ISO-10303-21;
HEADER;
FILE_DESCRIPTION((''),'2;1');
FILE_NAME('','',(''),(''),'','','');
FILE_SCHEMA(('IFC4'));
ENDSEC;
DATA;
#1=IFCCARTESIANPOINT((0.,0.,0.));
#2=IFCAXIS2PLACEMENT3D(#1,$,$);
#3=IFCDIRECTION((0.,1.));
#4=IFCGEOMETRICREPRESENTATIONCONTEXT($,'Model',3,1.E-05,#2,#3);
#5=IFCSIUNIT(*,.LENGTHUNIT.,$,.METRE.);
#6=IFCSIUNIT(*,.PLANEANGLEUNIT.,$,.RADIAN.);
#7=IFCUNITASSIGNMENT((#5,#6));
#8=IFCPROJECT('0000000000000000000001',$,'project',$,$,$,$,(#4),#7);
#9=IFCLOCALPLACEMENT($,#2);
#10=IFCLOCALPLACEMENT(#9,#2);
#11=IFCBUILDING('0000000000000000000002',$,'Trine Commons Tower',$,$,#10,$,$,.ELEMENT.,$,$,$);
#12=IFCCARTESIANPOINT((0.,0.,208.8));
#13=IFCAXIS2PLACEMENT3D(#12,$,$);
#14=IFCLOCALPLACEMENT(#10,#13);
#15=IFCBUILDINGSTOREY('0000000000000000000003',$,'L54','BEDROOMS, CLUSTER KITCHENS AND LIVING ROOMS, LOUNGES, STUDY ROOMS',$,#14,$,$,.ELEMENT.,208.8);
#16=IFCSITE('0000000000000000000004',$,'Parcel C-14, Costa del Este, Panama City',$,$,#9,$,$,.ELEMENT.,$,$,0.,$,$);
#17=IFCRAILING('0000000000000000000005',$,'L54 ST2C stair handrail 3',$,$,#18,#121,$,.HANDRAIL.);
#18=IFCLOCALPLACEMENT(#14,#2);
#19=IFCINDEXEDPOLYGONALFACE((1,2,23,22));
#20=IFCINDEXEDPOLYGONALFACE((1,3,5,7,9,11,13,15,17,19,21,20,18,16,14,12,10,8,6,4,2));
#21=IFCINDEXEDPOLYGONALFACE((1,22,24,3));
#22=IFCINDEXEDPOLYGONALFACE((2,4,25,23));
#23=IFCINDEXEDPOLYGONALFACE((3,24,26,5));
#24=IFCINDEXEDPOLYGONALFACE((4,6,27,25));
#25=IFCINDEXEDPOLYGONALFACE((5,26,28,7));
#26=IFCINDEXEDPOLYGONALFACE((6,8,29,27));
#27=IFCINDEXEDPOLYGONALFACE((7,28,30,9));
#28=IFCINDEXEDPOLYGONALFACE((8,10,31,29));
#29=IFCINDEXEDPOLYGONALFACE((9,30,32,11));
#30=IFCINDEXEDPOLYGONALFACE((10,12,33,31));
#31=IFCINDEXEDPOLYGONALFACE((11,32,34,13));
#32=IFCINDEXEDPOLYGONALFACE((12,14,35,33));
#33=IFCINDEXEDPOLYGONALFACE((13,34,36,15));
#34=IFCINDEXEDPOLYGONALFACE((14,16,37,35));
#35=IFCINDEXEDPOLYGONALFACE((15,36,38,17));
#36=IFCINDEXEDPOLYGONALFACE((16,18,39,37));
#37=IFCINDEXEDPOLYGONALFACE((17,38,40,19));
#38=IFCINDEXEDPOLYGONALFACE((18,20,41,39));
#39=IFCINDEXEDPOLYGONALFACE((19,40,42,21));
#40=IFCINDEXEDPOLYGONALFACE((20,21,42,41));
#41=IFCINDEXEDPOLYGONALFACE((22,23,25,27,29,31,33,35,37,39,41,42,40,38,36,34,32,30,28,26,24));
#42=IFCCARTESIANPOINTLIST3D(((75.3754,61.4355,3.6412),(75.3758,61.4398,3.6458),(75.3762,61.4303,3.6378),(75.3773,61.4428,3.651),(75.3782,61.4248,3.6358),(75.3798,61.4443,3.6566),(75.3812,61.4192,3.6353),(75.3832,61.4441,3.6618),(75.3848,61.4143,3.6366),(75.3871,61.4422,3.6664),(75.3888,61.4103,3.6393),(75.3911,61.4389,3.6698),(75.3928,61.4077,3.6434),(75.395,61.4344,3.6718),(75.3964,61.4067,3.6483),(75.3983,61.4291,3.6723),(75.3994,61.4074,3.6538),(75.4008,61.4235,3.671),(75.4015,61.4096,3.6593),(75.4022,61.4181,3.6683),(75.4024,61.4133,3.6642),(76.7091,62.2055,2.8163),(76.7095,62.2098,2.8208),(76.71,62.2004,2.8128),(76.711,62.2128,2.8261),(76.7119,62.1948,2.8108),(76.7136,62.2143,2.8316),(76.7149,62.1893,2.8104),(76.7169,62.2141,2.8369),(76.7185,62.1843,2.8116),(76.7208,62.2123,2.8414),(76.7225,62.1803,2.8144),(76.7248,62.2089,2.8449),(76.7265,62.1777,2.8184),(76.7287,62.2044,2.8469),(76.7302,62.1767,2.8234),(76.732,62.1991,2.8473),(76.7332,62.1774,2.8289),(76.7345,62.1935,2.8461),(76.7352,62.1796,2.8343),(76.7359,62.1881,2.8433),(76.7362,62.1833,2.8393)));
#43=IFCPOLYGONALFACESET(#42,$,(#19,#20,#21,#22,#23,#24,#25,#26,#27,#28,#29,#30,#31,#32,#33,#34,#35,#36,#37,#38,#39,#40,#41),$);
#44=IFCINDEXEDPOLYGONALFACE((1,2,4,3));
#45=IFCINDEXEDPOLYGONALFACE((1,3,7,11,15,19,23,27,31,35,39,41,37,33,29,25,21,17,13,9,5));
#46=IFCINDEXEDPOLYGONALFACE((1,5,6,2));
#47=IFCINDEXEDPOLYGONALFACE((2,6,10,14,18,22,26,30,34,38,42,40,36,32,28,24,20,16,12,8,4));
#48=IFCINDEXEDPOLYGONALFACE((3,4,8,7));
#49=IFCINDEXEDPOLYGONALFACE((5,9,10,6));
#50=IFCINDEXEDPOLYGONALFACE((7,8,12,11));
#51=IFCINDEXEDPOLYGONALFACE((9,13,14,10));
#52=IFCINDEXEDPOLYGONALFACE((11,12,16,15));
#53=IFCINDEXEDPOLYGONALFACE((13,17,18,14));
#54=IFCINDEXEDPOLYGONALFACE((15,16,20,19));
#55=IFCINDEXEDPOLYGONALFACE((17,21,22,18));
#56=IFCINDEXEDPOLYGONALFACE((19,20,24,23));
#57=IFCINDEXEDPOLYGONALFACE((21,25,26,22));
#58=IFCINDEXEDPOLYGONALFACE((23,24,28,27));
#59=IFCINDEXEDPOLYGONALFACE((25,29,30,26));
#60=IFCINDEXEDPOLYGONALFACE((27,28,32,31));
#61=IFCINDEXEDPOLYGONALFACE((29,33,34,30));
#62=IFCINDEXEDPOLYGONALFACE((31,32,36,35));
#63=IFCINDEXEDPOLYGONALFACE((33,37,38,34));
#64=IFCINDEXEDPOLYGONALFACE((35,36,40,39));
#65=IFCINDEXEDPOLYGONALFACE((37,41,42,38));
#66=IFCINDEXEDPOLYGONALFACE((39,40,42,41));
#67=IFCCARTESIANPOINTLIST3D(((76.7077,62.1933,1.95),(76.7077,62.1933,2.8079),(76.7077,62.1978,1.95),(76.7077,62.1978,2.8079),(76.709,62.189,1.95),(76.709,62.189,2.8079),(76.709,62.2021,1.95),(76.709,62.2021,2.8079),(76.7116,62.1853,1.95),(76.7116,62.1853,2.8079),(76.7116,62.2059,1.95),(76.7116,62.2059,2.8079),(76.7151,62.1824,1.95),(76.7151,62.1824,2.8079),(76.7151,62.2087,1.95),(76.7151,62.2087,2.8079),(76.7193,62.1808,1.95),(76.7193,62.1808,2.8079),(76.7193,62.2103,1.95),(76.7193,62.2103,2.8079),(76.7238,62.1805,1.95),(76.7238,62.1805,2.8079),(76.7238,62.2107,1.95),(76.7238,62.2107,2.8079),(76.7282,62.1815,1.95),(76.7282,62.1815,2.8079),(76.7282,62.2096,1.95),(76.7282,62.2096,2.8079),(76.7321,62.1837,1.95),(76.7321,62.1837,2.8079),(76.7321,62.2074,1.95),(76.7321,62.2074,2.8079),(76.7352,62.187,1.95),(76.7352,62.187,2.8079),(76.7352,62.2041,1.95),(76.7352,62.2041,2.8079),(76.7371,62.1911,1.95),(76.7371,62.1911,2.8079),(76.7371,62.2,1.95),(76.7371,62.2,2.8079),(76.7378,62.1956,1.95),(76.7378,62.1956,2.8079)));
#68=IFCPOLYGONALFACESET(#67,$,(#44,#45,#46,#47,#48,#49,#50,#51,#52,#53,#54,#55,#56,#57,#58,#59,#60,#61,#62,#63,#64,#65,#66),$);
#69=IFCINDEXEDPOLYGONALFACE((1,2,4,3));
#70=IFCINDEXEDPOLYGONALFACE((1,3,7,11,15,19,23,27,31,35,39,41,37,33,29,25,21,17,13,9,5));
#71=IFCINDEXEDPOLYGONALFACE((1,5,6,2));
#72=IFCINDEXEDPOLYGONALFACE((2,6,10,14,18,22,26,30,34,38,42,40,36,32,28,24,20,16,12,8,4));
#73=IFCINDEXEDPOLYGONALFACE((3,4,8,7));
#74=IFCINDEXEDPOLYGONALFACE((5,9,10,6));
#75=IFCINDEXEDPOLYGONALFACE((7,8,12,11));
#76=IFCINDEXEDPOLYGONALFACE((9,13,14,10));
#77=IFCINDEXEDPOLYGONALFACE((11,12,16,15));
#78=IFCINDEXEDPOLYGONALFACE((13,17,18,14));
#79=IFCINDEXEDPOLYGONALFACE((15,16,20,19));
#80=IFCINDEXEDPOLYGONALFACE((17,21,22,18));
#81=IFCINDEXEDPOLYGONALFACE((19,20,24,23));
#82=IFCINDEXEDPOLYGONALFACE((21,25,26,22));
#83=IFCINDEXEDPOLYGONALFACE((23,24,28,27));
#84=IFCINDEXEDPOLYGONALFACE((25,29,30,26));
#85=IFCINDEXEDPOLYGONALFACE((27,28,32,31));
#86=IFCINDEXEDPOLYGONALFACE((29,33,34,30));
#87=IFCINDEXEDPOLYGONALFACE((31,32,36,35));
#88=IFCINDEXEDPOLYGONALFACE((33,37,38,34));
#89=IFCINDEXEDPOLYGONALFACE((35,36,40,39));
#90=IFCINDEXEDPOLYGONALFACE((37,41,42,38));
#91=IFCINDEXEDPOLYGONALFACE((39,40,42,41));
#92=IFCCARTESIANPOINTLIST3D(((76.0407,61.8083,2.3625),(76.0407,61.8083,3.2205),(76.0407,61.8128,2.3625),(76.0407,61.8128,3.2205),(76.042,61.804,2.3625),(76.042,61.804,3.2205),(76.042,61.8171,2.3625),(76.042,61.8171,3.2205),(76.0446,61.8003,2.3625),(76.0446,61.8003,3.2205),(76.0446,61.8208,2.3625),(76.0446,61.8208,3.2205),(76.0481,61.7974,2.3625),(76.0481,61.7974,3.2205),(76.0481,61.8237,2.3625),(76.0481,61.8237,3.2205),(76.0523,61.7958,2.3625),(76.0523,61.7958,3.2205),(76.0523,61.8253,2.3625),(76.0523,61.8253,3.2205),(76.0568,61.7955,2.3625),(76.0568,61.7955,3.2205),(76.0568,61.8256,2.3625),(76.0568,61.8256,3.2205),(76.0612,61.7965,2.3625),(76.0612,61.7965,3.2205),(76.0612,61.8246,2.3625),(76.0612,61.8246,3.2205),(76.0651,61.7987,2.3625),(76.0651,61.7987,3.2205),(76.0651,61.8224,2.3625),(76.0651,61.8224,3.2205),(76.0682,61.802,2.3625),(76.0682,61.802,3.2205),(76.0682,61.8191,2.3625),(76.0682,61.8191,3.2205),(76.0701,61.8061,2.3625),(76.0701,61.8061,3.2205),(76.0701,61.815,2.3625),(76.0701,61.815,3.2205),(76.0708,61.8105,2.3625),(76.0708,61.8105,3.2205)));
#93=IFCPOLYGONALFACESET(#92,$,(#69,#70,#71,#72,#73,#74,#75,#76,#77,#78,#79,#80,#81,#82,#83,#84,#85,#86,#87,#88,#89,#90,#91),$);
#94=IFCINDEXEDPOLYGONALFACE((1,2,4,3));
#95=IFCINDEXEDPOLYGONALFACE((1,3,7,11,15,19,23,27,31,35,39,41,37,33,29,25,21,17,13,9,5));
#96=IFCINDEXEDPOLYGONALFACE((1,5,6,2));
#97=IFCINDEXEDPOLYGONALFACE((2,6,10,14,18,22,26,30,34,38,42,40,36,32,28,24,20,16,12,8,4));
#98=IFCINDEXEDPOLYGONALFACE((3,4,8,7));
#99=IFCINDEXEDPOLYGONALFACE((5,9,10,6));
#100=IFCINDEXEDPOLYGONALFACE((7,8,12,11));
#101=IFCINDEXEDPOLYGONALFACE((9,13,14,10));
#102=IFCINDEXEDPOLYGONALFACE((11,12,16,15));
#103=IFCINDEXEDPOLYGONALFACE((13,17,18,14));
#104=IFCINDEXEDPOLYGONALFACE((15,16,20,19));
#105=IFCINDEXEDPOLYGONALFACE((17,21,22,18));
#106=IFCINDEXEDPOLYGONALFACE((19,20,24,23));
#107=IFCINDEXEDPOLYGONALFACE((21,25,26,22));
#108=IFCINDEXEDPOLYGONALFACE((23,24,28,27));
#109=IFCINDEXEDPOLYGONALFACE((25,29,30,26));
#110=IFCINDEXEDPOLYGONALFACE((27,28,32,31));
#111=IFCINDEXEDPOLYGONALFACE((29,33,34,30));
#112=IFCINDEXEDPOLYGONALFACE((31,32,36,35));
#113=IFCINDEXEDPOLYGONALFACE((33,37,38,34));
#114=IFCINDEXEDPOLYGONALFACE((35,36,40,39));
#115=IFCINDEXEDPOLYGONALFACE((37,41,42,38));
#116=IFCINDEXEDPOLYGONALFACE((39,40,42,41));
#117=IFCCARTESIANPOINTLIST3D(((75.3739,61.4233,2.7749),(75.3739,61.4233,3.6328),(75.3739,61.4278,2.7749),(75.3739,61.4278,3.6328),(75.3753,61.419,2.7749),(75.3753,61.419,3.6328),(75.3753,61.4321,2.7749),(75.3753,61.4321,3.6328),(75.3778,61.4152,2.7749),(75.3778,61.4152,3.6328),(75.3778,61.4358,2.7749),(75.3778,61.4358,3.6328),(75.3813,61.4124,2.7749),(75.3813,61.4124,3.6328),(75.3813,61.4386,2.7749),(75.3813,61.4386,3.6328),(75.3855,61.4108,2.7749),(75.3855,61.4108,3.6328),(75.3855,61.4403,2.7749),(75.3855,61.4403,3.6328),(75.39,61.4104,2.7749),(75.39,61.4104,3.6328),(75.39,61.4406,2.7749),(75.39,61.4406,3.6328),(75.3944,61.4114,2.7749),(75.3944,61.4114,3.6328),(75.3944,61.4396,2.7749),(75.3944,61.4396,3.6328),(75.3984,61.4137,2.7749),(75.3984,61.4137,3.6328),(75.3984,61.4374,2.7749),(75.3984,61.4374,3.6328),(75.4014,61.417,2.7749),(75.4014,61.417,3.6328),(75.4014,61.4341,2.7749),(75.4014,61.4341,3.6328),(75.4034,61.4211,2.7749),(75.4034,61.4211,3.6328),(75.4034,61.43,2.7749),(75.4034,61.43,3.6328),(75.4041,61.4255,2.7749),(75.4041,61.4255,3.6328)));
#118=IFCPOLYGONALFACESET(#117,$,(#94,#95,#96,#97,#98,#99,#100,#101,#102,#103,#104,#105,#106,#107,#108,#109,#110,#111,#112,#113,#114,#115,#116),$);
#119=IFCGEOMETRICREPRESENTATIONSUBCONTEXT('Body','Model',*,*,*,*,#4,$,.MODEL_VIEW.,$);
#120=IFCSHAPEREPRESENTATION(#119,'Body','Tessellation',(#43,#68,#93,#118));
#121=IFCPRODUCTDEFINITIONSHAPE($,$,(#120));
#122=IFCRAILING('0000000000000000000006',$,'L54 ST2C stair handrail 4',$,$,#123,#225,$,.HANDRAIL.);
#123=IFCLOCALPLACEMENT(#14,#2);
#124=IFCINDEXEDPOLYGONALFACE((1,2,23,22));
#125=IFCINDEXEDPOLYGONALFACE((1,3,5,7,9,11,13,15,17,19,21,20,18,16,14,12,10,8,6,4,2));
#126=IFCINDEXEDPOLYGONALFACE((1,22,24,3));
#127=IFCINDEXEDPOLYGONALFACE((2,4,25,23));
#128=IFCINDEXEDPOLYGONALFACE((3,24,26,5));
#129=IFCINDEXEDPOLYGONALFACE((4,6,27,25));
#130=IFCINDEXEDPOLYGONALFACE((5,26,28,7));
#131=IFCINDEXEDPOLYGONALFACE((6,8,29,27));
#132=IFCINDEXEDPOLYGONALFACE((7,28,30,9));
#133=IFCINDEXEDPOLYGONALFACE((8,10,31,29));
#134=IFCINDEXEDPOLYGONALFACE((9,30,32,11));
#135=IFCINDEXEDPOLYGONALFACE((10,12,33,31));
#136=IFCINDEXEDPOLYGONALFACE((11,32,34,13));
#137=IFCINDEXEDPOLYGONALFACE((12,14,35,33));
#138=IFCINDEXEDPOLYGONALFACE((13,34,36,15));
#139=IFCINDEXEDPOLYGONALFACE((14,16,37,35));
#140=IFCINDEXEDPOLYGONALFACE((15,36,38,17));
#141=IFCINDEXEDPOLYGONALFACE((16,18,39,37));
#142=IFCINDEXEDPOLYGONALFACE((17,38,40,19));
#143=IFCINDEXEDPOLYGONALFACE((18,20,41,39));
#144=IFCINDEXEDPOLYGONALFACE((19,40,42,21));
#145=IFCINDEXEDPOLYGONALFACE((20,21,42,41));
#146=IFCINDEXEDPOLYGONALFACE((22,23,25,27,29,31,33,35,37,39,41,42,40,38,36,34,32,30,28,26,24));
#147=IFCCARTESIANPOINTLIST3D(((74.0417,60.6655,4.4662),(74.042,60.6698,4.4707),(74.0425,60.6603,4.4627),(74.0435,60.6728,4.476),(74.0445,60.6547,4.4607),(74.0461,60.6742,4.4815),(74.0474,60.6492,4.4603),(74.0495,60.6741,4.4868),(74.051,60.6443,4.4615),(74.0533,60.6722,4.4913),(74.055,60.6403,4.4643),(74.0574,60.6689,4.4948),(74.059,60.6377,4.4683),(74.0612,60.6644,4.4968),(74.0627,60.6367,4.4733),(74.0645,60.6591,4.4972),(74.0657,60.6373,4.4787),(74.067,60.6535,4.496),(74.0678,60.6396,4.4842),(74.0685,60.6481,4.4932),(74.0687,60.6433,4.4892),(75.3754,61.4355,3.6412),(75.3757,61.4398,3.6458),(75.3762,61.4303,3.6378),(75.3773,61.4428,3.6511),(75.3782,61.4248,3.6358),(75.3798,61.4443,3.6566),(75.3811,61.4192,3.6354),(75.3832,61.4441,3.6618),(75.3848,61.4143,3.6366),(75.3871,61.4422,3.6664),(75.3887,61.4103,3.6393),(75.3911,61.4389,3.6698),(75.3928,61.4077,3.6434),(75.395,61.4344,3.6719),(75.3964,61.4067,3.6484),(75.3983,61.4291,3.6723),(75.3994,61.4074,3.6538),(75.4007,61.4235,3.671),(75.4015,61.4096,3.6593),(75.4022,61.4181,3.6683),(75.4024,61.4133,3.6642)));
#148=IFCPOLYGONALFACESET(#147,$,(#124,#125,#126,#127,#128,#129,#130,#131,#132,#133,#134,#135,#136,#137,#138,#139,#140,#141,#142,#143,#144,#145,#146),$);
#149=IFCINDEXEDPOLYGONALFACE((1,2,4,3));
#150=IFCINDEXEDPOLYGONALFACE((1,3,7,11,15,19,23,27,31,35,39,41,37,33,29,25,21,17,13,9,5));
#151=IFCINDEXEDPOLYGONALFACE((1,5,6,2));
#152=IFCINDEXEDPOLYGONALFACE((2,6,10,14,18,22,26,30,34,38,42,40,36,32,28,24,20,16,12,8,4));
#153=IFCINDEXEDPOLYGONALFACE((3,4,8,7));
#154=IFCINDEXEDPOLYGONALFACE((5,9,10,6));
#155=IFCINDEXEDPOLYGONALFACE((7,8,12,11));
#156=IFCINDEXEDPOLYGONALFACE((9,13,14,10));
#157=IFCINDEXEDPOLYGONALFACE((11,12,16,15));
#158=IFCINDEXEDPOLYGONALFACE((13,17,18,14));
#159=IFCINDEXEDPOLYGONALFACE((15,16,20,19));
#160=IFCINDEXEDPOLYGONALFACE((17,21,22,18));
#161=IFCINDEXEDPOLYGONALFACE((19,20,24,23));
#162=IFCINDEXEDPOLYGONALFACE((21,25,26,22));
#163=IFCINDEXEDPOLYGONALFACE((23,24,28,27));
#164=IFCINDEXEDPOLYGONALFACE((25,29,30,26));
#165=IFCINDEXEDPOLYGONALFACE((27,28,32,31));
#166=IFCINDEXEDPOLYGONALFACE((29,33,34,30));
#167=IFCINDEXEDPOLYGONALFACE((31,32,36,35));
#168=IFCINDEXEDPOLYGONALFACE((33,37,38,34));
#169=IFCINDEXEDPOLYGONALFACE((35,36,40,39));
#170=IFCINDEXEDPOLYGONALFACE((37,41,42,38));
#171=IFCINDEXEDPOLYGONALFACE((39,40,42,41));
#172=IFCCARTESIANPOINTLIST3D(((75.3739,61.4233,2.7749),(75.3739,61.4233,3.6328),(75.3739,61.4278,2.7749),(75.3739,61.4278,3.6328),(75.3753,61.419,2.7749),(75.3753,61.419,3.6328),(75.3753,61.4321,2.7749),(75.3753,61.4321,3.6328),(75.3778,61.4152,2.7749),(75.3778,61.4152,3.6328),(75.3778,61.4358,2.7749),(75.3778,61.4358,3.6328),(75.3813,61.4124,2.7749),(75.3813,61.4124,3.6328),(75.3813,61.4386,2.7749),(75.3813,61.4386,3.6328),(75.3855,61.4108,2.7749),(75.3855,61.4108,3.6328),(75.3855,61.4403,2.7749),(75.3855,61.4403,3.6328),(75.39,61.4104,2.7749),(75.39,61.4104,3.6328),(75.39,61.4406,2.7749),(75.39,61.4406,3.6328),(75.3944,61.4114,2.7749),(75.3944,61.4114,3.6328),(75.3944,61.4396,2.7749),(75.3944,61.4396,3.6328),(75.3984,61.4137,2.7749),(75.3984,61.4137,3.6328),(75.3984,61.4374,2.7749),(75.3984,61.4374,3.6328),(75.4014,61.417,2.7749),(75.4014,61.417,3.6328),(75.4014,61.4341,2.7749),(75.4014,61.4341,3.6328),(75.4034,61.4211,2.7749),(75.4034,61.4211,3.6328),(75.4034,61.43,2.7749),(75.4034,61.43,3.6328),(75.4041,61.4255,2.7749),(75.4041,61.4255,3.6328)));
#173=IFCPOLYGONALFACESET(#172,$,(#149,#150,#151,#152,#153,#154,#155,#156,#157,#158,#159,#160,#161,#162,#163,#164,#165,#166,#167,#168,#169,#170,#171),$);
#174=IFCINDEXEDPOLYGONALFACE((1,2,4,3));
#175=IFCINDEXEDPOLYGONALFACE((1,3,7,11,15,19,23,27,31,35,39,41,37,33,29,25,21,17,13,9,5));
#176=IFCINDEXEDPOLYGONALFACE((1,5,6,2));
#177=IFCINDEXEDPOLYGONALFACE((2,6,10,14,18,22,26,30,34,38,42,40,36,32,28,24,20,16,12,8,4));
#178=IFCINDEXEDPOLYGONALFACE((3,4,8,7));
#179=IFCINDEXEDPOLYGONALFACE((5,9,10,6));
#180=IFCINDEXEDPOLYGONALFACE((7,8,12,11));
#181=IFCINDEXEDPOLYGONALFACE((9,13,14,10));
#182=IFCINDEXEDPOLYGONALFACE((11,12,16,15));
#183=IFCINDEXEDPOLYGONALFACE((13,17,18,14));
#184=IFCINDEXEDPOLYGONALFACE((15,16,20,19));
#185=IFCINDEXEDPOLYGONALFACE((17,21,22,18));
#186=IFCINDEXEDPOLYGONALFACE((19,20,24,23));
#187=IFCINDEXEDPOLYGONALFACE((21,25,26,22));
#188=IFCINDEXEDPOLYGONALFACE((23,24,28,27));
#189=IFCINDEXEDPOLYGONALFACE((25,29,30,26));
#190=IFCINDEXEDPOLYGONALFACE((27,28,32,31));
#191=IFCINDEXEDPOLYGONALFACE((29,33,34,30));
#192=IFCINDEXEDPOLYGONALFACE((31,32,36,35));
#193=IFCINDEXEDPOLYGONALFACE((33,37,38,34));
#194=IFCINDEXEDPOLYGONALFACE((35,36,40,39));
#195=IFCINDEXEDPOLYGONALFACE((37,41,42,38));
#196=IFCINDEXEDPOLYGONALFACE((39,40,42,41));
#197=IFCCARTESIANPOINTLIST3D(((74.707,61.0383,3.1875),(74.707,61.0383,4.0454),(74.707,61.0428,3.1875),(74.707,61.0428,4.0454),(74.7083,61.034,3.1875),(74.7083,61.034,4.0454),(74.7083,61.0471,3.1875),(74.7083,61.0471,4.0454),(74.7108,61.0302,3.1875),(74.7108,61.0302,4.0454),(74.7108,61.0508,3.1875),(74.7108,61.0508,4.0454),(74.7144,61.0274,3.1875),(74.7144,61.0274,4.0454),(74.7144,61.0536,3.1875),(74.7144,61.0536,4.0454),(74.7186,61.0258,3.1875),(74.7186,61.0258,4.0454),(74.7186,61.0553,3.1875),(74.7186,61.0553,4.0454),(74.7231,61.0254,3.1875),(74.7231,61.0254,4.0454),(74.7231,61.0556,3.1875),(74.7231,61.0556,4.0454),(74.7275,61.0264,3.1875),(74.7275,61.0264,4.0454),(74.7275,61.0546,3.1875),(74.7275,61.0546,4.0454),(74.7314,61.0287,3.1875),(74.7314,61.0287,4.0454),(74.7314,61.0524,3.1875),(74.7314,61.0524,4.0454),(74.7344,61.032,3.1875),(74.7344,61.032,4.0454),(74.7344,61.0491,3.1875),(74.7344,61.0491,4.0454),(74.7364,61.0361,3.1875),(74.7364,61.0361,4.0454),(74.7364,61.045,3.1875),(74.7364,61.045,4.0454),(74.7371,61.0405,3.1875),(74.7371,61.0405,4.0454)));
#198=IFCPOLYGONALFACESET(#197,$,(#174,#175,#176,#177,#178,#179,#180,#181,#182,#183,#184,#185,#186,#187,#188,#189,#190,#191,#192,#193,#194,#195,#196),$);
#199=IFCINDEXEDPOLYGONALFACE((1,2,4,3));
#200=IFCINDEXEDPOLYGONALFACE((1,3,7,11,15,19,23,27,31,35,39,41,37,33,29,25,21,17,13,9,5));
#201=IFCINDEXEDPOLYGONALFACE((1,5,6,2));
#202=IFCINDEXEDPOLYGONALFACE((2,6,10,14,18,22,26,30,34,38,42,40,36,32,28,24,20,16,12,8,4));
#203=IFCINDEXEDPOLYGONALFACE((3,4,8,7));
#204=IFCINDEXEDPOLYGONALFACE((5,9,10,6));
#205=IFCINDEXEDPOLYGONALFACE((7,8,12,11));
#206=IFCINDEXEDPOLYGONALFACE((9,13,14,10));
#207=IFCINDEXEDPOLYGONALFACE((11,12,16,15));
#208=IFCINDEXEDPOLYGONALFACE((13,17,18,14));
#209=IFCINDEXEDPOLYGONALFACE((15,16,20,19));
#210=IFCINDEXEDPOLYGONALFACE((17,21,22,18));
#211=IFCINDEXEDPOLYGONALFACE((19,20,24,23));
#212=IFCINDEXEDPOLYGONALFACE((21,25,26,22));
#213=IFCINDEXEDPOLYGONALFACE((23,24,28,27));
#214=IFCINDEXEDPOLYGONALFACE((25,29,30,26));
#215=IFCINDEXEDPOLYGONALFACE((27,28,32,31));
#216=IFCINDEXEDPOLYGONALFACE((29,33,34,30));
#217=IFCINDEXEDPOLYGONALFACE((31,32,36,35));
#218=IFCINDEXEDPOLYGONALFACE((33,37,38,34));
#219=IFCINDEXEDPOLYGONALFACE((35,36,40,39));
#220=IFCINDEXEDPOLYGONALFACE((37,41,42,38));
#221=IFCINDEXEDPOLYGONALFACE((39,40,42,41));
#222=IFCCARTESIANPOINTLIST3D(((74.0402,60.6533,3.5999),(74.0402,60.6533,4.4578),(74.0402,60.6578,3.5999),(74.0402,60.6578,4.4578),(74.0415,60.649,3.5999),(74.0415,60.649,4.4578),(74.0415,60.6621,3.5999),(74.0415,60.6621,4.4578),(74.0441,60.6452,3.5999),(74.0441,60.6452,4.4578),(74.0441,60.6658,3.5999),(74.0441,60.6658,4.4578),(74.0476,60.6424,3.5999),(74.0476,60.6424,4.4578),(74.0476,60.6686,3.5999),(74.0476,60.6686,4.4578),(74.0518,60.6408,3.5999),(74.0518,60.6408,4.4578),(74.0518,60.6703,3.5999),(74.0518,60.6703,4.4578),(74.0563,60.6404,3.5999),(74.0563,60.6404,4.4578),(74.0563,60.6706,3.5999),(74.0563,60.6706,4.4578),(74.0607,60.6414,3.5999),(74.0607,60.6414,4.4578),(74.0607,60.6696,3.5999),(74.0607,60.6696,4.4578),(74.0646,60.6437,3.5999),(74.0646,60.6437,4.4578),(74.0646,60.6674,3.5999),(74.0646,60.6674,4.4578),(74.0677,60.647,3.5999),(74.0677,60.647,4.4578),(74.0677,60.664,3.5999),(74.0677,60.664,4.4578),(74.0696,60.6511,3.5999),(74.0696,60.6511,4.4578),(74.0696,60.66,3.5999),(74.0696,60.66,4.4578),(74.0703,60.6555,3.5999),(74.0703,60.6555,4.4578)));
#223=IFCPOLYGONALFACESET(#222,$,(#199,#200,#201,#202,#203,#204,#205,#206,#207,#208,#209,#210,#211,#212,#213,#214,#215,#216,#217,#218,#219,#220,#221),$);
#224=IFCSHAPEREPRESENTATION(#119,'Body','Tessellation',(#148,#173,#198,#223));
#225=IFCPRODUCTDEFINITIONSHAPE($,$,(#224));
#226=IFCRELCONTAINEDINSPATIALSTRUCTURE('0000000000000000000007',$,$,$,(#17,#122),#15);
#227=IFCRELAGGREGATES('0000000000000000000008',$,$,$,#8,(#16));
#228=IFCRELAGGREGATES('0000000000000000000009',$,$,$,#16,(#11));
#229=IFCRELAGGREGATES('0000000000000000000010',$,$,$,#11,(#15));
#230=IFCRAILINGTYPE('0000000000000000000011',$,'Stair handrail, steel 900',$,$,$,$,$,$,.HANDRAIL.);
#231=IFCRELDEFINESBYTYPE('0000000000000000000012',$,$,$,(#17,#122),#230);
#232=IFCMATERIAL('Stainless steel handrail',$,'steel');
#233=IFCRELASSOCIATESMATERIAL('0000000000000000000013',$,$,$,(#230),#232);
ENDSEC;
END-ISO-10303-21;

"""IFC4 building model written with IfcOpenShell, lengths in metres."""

from ifc_helpers import new_model, si_unit, direction, frame, origin, origin_2d, place, context, subcontext, project, spatial, circle, extrude, material, type_object, element, save


model = new_model("IFC4")

# Units and contexts
model_context = context("Model", 3, precision=1e-05, world=origin(), true_north=direction((0.0, 1.0)))
body_context = subcontext(model_context, "Body", "Model", "MODEL_VIEW")
ifc_project = project(units=[si_unit("LENGTHUNIT", "METRE"), si_unit("PLANEANGLEUNIT", "RADIAN")], contexts=[model_context])

# Site, building, storey
site_placement = place(None, origin())
site = spatial("IfcSite", under=ifc_project, at=site_placement, Name="Parcel C-14, Costa del Este, Panama City", CompositionType="ELEMENT", RefElevation=0.0)
building_placement = place(site_placement, origin())
building = spatial("IfcBuilding", under=site, at=building_placement, Name="Trine Commons Tower", CompositionType="ELEMENT")
storey_placement = place(building_placement, frame((0.0, 0.0, 208.8)))
storey = spatial("IfcBuildingStorey", under=building, at=storey_placement, Name="L54", Description="BEDROOMS, CLUSTER KITCHENS AND LIVING ROOMS, LOUNGES, STUDY ROOMS", CompositionType="ELEMENT", Elevation=208.8)

# Railings
ifc_material_1 = material(Name="Stainless steel handrail", Category="steel")
railing_type_1 = type_object("IfcRailingType", Name="Stair handrail, steel 900", PredefinedType="HANDRAIL", material=ifc_material_1)
for number, where, name in (
    (1, (76.7227, 62.1956, 1.95), "L54 ST2C stair handrail 3"),
    (2, (75.3889, 61.4255, 2.7749), "L54 ST2C stair handrail 4"),
):
    element("IfcRailing", number, at=place(storey_placement, frame(where)), inside=storey, type_object=railing_type_1, Name=name, PredefinedType="HANDRAIL", context=body_context, shape_type="SweptSolid", body=[
        extrude(circle(Radius=0.021, at=origin_2d()), frame((0.0, 0.0, 0.8789), z_axis=(-0.763405, -0.440743, 0.472185), x_axis=(0.499992, -0.86603, 0.0)), (0.0, 0.0, 1.0), 1.7471),
        extrude(circle(Radius=0.0151, at=origin_2d()), origin(), (0.0, 0.0, 1.0), 0.8579),
        extrude(circle(Radius=0.0151, at=origin_2d()), frame((-0.667, -0.385, 0.4126)), (0.0, 0.0, 1.0), 0.8579),
        extrude(circle(Radius=0.0151, at=origin_2d()), frame((-1.3337, -0.77, 0.825)), (0.0, 0.0, 1.0), 0.8579),
    ])

save(model, "model.ifc")
